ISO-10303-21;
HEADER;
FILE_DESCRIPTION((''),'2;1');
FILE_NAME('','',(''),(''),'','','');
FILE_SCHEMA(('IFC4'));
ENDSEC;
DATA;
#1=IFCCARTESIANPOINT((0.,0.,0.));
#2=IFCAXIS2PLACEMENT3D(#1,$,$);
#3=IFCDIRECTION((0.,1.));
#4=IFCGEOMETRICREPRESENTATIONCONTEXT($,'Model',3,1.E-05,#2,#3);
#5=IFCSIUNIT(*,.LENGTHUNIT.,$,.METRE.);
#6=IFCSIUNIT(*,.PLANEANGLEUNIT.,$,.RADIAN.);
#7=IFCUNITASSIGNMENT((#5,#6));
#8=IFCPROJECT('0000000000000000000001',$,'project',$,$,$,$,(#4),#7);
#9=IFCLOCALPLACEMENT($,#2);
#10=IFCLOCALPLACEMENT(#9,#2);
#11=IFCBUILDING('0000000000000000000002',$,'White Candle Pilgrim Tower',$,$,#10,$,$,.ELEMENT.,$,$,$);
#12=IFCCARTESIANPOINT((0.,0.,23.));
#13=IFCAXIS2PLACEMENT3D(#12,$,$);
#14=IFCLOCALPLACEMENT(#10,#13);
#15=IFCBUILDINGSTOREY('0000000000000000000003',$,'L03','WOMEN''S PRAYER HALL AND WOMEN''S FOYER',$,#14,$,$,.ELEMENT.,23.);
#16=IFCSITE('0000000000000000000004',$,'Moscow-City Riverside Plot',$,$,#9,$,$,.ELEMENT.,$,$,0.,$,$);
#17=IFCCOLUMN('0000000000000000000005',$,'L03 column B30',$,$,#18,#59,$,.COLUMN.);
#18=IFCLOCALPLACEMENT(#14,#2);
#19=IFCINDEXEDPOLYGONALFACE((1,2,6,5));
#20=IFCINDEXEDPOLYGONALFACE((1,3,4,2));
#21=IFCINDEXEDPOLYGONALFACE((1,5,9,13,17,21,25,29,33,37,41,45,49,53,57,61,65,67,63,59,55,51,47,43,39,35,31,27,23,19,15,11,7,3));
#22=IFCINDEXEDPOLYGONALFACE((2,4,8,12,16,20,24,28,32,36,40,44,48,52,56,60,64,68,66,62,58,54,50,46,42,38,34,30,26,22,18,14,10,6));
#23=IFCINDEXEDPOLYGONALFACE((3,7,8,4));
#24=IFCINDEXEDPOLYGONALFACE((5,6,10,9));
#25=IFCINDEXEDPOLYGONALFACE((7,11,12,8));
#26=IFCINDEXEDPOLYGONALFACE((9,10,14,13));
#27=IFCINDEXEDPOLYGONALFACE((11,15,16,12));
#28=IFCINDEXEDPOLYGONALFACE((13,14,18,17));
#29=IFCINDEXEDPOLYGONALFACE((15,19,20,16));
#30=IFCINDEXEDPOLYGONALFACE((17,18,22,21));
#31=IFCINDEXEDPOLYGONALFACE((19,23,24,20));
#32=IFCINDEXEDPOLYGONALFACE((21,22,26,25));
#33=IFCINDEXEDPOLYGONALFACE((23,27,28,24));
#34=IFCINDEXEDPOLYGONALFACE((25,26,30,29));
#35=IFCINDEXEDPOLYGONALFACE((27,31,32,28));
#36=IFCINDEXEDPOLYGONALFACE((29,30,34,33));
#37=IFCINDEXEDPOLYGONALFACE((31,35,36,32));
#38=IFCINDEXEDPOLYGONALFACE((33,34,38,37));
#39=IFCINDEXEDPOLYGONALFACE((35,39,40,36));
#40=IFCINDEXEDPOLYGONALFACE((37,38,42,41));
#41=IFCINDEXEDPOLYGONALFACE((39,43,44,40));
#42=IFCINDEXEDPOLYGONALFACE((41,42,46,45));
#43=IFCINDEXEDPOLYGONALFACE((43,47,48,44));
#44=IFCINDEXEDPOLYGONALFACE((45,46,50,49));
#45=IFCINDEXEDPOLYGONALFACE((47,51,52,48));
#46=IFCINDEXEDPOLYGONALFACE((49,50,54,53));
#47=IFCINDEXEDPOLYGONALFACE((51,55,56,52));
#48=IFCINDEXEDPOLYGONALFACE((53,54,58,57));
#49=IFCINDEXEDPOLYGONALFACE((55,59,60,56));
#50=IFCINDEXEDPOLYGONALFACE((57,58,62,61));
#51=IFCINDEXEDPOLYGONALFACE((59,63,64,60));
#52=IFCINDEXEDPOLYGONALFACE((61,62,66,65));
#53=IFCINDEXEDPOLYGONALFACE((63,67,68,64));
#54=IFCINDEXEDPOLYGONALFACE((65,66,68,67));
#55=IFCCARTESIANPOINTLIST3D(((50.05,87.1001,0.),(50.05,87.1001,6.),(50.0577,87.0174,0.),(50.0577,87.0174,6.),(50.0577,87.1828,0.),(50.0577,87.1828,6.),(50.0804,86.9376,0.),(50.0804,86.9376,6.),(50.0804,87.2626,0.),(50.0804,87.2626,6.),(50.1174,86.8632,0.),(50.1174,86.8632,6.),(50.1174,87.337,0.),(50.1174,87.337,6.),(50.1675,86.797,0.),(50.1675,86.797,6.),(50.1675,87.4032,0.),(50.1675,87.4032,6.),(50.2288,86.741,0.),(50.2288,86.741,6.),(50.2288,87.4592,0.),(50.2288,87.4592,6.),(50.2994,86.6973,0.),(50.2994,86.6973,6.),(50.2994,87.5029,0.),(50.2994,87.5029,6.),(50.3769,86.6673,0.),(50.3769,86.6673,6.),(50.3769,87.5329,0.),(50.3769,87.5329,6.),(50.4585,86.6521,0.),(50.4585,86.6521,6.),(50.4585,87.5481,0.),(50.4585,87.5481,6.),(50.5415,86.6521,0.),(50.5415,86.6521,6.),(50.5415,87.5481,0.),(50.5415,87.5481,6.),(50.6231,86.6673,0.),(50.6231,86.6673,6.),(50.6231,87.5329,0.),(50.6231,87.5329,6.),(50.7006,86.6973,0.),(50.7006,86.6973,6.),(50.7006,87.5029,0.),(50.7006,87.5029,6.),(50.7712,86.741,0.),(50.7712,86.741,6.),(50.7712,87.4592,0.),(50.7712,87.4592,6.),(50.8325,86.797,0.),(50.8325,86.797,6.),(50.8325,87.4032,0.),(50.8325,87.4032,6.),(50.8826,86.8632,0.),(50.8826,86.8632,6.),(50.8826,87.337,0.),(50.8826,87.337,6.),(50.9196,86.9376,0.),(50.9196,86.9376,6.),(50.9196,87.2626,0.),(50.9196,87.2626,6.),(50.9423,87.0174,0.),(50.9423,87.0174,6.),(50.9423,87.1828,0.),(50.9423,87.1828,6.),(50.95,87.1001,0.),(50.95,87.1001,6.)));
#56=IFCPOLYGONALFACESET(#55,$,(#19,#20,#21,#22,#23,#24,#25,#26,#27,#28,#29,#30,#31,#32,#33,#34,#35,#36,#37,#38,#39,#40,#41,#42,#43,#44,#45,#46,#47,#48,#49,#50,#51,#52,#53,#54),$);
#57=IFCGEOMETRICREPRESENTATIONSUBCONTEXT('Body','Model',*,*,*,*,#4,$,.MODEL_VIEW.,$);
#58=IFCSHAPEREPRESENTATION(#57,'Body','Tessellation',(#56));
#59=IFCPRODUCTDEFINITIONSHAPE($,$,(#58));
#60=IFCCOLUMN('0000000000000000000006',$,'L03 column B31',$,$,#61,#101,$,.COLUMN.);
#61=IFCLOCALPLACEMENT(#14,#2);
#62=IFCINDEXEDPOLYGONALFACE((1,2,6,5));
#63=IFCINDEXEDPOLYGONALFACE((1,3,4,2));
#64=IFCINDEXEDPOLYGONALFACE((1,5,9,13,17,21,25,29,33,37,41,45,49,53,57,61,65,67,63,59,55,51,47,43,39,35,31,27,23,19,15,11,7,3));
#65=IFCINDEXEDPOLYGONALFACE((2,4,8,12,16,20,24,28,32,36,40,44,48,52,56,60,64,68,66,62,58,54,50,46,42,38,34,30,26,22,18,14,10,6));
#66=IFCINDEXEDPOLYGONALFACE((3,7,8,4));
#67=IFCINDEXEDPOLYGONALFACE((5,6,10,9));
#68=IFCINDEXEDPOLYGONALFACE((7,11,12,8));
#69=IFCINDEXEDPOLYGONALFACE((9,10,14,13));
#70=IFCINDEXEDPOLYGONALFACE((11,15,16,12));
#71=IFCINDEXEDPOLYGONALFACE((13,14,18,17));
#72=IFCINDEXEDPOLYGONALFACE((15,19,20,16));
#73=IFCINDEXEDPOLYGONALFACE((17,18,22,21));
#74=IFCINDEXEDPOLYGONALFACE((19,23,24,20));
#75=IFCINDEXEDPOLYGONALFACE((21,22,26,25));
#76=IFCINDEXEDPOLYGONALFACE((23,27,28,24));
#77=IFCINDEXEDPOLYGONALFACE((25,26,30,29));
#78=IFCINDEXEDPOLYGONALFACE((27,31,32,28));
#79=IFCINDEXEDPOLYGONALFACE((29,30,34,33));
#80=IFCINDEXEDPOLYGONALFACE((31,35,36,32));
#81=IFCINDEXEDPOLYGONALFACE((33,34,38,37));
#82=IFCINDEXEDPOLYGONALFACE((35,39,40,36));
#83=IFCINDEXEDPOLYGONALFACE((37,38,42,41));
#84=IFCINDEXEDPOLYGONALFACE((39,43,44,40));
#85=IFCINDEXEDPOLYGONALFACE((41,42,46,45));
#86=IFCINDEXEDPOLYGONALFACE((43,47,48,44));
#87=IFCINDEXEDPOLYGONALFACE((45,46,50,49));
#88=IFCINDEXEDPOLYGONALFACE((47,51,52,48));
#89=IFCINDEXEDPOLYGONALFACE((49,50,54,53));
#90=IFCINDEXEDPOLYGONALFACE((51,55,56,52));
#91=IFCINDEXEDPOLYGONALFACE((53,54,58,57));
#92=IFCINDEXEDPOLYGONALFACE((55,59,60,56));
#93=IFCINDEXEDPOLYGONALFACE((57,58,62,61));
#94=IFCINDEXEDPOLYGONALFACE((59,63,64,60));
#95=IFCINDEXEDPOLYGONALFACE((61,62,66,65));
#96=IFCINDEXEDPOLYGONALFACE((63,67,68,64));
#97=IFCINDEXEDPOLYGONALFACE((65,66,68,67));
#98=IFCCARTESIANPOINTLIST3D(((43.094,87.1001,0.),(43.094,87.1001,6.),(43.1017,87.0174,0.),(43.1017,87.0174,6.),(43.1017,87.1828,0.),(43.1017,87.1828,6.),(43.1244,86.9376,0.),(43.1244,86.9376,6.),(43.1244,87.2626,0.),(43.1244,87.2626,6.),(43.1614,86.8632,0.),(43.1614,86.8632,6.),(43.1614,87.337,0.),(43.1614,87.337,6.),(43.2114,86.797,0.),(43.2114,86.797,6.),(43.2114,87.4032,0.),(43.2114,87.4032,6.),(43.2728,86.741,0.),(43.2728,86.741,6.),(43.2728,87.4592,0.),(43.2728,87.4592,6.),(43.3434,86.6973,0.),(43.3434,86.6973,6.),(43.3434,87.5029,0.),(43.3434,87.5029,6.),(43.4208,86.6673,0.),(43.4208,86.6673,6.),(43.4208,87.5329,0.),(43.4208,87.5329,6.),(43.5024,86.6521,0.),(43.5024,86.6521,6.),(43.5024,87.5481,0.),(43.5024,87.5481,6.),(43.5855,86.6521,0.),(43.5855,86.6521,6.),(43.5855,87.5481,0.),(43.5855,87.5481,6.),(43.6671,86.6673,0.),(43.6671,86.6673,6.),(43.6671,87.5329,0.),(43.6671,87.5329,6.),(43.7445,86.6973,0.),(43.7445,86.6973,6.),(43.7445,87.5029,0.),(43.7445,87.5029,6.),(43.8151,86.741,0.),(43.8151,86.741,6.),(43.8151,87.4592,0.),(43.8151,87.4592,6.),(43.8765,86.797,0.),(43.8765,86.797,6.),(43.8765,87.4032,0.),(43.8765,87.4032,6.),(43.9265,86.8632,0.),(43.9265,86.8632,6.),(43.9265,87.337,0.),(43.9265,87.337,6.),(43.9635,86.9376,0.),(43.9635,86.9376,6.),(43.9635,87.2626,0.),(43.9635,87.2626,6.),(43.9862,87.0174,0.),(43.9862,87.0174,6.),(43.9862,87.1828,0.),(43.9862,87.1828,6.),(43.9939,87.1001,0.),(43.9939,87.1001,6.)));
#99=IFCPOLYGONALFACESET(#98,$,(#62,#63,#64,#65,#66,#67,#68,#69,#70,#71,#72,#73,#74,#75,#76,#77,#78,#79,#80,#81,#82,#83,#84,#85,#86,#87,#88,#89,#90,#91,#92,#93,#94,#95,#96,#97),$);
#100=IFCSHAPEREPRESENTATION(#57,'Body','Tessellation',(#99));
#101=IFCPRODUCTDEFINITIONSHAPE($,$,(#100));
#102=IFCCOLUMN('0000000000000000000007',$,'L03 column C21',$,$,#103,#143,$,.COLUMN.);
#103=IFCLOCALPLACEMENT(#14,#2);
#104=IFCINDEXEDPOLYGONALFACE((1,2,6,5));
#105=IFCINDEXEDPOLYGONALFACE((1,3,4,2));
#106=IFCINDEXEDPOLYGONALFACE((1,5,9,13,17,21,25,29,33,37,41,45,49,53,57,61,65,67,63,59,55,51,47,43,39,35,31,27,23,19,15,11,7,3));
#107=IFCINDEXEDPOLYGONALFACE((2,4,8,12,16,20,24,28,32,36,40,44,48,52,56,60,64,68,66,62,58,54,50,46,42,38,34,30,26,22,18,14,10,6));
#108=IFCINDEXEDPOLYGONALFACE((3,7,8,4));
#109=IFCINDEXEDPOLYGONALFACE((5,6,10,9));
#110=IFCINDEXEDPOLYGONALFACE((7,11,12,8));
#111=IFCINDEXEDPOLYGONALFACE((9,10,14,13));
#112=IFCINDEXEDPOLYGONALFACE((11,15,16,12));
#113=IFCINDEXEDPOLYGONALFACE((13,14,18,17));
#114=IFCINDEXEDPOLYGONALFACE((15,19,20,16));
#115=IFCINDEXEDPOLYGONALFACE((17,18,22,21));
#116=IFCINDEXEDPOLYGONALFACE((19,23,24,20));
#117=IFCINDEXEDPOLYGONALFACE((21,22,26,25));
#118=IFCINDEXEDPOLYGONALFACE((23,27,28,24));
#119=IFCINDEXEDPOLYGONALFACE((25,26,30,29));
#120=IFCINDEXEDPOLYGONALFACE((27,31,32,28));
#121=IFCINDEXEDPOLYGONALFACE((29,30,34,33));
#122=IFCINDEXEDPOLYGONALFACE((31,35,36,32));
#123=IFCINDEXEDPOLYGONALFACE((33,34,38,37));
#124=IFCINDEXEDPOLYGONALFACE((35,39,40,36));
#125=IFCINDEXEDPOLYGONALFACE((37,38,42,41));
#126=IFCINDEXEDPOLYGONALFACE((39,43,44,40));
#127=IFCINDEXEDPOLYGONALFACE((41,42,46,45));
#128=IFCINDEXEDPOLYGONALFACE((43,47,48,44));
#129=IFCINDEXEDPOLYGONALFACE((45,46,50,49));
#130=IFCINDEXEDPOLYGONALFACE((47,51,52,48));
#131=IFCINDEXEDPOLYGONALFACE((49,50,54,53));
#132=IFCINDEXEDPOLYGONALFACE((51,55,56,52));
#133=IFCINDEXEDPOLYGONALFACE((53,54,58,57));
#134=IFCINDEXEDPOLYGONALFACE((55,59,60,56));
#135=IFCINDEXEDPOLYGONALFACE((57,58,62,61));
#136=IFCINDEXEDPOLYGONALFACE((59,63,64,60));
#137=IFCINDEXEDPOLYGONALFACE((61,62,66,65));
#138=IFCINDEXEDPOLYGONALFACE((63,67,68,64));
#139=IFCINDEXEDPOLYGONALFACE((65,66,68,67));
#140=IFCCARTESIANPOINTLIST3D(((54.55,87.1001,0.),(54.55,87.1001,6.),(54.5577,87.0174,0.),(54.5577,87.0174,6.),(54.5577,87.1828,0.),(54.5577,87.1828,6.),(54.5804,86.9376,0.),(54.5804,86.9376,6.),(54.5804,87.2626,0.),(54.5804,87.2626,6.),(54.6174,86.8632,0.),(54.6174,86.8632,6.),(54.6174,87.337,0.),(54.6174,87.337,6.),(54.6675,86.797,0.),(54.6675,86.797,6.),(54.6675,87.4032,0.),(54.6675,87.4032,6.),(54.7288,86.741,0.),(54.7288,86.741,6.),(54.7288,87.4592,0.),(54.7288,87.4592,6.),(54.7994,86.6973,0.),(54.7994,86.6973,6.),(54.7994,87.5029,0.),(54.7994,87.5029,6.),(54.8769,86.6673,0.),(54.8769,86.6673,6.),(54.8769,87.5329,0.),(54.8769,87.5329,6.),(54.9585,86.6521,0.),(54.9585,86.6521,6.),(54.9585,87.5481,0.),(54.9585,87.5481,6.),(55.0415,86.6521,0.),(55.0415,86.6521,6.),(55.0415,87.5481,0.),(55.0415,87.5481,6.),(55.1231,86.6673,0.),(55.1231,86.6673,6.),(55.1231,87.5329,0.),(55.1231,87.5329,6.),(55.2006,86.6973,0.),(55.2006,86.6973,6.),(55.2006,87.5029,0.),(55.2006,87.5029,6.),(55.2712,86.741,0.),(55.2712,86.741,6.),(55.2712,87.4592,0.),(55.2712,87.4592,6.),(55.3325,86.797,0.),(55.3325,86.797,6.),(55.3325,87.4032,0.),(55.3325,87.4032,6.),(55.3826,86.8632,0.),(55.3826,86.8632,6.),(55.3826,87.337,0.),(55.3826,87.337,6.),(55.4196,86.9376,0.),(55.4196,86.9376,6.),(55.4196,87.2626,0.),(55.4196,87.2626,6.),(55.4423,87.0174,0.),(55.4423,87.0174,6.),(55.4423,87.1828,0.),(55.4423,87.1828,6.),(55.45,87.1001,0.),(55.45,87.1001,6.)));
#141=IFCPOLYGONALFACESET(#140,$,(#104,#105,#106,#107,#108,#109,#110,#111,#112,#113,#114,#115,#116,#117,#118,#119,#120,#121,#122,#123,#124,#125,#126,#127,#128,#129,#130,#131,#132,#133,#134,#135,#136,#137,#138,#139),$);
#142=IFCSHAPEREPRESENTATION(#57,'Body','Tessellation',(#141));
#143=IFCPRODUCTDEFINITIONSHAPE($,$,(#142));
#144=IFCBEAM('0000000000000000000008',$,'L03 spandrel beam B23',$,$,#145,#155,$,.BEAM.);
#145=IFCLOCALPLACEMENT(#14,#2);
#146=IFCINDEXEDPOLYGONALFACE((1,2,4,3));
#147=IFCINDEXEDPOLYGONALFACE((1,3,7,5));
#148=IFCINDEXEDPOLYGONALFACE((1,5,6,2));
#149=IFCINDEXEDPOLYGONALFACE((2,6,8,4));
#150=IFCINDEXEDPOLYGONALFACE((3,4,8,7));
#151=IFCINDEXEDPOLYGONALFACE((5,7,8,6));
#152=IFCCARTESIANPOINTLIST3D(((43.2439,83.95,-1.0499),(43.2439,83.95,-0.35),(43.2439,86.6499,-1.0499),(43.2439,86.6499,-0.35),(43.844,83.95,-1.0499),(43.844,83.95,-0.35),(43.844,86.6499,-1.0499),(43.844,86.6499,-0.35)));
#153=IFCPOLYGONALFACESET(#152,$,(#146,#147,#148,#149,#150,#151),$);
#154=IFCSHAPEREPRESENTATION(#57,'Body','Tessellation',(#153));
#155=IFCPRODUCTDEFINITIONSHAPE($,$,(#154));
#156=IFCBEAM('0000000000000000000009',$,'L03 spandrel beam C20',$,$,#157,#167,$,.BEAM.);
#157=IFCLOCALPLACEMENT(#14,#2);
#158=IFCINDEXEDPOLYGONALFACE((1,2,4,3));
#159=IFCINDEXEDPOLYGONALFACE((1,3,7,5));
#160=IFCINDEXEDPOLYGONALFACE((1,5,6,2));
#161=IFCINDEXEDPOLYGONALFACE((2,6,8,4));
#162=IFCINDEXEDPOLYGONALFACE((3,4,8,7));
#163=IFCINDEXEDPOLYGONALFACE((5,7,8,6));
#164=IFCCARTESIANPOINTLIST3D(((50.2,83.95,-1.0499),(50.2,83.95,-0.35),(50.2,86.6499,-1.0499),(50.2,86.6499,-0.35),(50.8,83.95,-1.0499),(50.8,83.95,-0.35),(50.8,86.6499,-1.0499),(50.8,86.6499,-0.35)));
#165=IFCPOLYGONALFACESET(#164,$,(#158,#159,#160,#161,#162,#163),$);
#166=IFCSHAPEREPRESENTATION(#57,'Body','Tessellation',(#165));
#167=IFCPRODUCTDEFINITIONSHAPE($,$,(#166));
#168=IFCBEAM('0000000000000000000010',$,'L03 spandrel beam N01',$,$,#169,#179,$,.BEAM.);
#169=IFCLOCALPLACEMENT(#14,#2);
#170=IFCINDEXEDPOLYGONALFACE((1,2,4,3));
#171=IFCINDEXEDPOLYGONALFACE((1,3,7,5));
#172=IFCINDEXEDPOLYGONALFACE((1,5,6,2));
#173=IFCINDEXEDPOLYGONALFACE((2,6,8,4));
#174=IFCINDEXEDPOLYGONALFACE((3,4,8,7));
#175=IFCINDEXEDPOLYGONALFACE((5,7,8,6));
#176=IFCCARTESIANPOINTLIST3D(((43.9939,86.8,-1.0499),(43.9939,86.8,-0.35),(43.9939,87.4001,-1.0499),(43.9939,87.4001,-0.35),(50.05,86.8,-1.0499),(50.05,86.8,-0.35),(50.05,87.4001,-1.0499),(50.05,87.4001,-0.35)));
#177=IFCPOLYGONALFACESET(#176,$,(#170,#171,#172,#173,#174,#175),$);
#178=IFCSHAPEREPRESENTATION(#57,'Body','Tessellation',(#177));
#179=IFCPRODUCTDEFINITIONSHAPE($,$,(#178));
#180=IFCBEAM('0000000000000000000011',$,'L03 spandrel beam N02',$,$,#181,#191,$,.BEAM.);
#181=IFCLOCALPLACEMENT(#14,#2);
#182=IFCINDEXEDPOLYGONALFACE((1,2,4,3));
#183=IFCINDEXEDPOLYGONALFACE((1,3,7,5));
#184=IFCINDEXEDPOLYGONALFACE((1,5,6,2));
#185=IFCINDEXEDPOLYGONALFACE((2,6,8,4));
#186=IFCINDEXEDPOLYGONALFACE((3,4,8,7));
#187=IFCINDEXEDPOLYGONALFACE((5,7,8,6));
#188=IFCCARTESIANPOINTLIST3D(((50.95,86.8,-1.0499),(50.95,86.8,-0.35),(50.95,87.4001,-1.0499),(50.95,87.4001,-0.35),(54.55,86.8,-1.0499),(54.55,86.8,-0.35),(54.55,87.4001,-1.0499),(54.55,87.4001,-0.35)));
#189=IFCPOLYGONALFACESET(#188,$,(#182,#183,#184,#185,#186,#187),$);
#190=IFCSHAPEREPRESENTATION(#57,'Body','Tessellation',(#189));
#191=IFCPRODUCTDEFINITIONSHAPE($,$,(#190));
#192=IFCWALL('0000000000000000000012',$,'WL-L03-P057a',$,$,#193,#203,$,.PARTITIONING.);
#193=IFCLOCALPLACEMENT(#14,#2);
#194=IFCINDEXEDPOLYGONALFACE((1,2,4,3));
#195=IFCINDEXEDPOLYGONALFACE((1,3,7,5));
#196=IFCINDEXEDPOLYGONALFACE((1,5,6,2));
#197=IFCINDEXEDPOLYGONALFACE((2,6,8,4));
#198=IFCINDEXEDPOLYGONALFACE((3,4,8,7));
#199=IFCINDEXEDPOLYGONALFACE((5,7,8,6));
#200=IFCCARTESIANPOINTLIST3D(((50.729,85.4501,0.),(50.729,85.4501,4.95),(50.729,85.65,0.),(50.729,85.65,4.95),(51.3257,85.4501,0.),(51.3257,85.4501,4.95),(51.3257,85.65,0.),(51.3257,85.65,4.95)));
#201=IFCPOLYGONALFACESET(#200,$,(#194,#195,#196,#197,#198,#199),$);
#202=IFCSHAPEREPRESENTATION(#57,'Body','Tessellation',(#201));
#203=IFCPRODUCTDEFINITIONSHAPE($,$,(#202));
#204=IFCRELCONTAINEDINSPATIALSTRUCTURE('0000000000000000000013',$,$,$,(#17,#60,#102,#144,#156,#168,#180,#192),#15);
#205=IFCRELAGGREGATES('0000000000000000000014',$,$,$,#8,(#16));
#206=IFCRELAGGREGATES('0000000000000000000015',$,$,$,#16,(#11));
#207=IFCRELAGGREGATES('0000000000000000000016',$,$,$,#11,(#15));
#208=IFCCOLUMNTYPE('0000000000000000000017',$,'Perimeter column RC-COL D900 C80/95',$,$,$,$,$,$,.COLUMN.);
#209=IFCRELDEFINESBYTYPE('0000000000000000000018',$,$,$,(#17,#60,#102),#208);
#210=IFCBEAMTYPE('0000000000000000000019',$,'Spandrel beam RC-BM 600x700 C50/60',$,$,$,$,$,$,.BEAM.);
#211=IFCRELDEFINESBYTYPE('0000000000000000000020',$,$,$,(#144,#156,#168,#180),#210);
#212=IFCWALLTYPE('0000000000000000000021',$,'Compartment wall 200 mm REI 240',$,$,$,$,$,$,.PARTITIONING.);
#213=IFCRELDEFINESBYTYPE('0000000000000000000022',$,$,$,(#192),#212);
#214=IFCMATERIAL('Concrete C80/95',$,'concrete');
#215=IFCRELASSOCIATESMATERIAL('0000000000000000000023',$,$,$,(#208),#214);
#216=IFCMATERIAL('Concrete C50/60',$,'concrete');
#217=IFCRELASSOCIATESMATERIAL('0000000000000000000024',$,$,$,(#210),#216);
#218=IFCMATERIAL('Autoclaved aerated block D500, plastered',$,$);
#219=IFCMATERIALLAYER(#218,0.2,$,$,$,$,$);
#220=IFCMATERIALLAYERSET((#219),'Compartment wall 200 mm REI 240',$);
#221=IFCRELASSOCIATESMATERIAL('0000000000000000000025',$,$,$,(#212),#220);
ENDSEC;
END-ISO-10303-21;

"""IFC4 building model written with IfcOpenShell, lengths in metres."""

from ifc_helpers import new_model, si_unit, direction, frame, frame_2d, origin, origin_2d, place, context, subcontext, project, spatial, rectangle, circle, extrude, material, layer, layer_set, material_profile, profile_set, type_object, element, save


model = new_model("IFC4")

# Units and contexts
model_context = context("Model", 3, precision=1e-05, world=origin(), true_north=direction((0.0, 1.0)))
body_context = subcontext(model_context, "Body", "Model", "MODEL_VIEW")
ifc_project = project(units=[si_unit("LENGTHUNIT", "METRE"), si_unit("PLANEANGLEUNIT", "RADIAN")], contexts=[model_context])

# Site, building, storey
site_placement = place(None, origin())
site = spatial("IfcSite", under=ifc_project, at=site_placement, Name="Moscow-City Riverside Plot", CompositionType="ELEMENT", RefElevation=0.0)
building_placement = place(site_placement, origin())
building = spatial("IfcBuilding", under=site, at=building_placement, Name="White Candle Pilgrim Tower", CompositionType="ELEMENT")
storey_placement = place(building_placement, frame((0.0, 0.0, 23.0)))
storey = spatial("IfcBuildingStorey", under=building, at=storey_placement, Name="L03", Description="WOMEN'S PRAYER HALL AND WOMEN'S FOYER", CompositionType="ELEMENT", Elevation=23.0)

# Columns
ifc_material_1 = material(Name="Concrete C80/95", Category="concrete")
ifc_material_profile_1 = material_profile(ifc_material_1, circle(Radius=0.45, at=origin_2d()), Name="RC-COL D900")
ifc_profile_set_1 = profile_set([ifc_material_profile_1], Name="Concrete C80/95")
column_type = type_object("IfcColumnType", Name="Perimeter column RC-COL D900 C80/95", PredefinedType="COLUMN", material=ifc_profile_set_1)
for number, where, z_axis, x_axis, name in (
    (1, (50.5, 87.1001, 0.0), (0.0, 0.0, 1.0), (1.0, 0.0, 0.0), "L03 column B30"),
    (2, (43.5439, 87.1001, 0.0), (0.0, 0.0, 1.0), (1.0, 0.0, 0.0), "L03 column B31"),
    (3, (55.0, 87.1001, 0.0), (0.0, 0.0, 1.0), (1.0, 0.0, 0.0), "L03 column C21"),
):
    element("IfcColumn", number, at=place(storey_placement, frame(where, z_axis=z_axis, x_axis=x_axis)), inside=storey, type_object=column_type, Name=name, PredefinedType="COLUMN", context=body_context, shape_type="SweptSolid", body=[
        extrude(circle(Radius=0.45, at=origin_2d()), origin(), (0.0, 0.0, 1.0), 6.0),
    ])

# Beams
ifc_material_2 = material(Name="Concrete C50/60", Category="concrete")
ifc_material_profile_2 = material_profile(ifc_material_2, rectangle(XDim=0.6001, YDim=0.7, at=origin_2d()), Name="RC-BM 600x700")
ifc_profile_set_2 = profile_set([ifc_material_profile_2], Name="Concrete C50/60")
beam_type = type_object("IfcBeamType", Name="Spandrel beam RC-BM 600x700 C50/60", PredefinedType="BEAM", material=ifc_profile_set_2)
for number, where, z_axis, x_axis, name in (
    (4, (43.5439, 86.6499, -0.7), (0.0, -1.0, 0.0), (1.0, 0.0, 0.0), "L03 spandrel beam B23"),
    (5, (50.5, 86.6499, -0.7), (0.0, -1.0, 0.0), (1.0, 0.0, 0.0), "L03 spandrel beam C20"),
):
    element("IfcBeam", number, at=place(storey_placement, frame(where, z_axis=z_axis, x_axis=x_axis)), inside=storey, type_object=beam_type, Name=name, PredefinedType="BEAM", context=body_context, shape_type="SweptSolid", body=[
        extrude(rectangle(XDim=0.6001, YDim=0.7, at=origin_2d()), origin(), (0.0, 0.0, 1.0), 2.7),
    ])
beam_1_placement = place(storey_placement, frame((43.9939, 87.1001, -0.7), z_axis=(1.0, 0.0, 0.0), x_axis=(0.0, 1.0, 0.0)))
element("IfcBeam", 6, at=beam_1_placement, inside=storey, type_object=beam_type, Name="L03 spandrel beam N01", PredefinedType="BEAM", context=body_context, shape_type="SweptSolid", body=[
    extrude(rectangle(XDim=0.6001, YDim=0.7, at=origin_2d()), origin(), (0.0, 0.0, 1.0), 6.0562),
])
beam_2_placement = place(storey_placement, frame((50.95, 87.1001, -0.7), z_axis=(1.0, 0.0, 0.0), x_axis=(0.0, 1.0, 0.0)))
element("IfcBeam", 7, at=beam_2_placement, inside=storey, type_object=beam_type, Name="L03 spandrel beam N02", PredefinedType="BEAM", context=body_context, shape_type="SweptSolid", body=[
    extrude(rectangle(XDim=0.6001, YDim=0.7, at=origin_2d()), origin(), (0.0, 0.0, 1.0), 3.6001),
])

# Wall
ifc_material_3 = material(Name="Autoclaved aerated block D500, plastered")
ifc_layer_1 = layer(ifc_material_3, 0.2)
ifc_layer_set_1 = layer_set([ifc_layer_1], Name="Compartment wall 200 mm REI 240")
wall_type_1 = type_object("IfcWallType", Name="Compartment wall 200 mm REI 240", PredefinedType="PARTITIONING", material=ifc_layer_set_1)
wall_1_placement = place(storey_placement, frame((51.3257, 85.55, 0.0), z_axis=(0.0, 0.0, 1.0), x_axis=(-1.0, 0.0, 0.0)))
element("IfcWall", 8, at=wall_1_placement, inside=storey, type_object=wall_type_1, Name="WL-L03-P057a", PredefinedType="PARTITIONING", context=body_context, shape_type="SweptSolid", body=[
    extrude(rectangle(XDim=0.5967, YDim=0.2, at=frame_2d((0.2983, 0.0))), origin(), (0.0, 0.0, 1.0), 4.95),
])

save(model, "model.ifc")
